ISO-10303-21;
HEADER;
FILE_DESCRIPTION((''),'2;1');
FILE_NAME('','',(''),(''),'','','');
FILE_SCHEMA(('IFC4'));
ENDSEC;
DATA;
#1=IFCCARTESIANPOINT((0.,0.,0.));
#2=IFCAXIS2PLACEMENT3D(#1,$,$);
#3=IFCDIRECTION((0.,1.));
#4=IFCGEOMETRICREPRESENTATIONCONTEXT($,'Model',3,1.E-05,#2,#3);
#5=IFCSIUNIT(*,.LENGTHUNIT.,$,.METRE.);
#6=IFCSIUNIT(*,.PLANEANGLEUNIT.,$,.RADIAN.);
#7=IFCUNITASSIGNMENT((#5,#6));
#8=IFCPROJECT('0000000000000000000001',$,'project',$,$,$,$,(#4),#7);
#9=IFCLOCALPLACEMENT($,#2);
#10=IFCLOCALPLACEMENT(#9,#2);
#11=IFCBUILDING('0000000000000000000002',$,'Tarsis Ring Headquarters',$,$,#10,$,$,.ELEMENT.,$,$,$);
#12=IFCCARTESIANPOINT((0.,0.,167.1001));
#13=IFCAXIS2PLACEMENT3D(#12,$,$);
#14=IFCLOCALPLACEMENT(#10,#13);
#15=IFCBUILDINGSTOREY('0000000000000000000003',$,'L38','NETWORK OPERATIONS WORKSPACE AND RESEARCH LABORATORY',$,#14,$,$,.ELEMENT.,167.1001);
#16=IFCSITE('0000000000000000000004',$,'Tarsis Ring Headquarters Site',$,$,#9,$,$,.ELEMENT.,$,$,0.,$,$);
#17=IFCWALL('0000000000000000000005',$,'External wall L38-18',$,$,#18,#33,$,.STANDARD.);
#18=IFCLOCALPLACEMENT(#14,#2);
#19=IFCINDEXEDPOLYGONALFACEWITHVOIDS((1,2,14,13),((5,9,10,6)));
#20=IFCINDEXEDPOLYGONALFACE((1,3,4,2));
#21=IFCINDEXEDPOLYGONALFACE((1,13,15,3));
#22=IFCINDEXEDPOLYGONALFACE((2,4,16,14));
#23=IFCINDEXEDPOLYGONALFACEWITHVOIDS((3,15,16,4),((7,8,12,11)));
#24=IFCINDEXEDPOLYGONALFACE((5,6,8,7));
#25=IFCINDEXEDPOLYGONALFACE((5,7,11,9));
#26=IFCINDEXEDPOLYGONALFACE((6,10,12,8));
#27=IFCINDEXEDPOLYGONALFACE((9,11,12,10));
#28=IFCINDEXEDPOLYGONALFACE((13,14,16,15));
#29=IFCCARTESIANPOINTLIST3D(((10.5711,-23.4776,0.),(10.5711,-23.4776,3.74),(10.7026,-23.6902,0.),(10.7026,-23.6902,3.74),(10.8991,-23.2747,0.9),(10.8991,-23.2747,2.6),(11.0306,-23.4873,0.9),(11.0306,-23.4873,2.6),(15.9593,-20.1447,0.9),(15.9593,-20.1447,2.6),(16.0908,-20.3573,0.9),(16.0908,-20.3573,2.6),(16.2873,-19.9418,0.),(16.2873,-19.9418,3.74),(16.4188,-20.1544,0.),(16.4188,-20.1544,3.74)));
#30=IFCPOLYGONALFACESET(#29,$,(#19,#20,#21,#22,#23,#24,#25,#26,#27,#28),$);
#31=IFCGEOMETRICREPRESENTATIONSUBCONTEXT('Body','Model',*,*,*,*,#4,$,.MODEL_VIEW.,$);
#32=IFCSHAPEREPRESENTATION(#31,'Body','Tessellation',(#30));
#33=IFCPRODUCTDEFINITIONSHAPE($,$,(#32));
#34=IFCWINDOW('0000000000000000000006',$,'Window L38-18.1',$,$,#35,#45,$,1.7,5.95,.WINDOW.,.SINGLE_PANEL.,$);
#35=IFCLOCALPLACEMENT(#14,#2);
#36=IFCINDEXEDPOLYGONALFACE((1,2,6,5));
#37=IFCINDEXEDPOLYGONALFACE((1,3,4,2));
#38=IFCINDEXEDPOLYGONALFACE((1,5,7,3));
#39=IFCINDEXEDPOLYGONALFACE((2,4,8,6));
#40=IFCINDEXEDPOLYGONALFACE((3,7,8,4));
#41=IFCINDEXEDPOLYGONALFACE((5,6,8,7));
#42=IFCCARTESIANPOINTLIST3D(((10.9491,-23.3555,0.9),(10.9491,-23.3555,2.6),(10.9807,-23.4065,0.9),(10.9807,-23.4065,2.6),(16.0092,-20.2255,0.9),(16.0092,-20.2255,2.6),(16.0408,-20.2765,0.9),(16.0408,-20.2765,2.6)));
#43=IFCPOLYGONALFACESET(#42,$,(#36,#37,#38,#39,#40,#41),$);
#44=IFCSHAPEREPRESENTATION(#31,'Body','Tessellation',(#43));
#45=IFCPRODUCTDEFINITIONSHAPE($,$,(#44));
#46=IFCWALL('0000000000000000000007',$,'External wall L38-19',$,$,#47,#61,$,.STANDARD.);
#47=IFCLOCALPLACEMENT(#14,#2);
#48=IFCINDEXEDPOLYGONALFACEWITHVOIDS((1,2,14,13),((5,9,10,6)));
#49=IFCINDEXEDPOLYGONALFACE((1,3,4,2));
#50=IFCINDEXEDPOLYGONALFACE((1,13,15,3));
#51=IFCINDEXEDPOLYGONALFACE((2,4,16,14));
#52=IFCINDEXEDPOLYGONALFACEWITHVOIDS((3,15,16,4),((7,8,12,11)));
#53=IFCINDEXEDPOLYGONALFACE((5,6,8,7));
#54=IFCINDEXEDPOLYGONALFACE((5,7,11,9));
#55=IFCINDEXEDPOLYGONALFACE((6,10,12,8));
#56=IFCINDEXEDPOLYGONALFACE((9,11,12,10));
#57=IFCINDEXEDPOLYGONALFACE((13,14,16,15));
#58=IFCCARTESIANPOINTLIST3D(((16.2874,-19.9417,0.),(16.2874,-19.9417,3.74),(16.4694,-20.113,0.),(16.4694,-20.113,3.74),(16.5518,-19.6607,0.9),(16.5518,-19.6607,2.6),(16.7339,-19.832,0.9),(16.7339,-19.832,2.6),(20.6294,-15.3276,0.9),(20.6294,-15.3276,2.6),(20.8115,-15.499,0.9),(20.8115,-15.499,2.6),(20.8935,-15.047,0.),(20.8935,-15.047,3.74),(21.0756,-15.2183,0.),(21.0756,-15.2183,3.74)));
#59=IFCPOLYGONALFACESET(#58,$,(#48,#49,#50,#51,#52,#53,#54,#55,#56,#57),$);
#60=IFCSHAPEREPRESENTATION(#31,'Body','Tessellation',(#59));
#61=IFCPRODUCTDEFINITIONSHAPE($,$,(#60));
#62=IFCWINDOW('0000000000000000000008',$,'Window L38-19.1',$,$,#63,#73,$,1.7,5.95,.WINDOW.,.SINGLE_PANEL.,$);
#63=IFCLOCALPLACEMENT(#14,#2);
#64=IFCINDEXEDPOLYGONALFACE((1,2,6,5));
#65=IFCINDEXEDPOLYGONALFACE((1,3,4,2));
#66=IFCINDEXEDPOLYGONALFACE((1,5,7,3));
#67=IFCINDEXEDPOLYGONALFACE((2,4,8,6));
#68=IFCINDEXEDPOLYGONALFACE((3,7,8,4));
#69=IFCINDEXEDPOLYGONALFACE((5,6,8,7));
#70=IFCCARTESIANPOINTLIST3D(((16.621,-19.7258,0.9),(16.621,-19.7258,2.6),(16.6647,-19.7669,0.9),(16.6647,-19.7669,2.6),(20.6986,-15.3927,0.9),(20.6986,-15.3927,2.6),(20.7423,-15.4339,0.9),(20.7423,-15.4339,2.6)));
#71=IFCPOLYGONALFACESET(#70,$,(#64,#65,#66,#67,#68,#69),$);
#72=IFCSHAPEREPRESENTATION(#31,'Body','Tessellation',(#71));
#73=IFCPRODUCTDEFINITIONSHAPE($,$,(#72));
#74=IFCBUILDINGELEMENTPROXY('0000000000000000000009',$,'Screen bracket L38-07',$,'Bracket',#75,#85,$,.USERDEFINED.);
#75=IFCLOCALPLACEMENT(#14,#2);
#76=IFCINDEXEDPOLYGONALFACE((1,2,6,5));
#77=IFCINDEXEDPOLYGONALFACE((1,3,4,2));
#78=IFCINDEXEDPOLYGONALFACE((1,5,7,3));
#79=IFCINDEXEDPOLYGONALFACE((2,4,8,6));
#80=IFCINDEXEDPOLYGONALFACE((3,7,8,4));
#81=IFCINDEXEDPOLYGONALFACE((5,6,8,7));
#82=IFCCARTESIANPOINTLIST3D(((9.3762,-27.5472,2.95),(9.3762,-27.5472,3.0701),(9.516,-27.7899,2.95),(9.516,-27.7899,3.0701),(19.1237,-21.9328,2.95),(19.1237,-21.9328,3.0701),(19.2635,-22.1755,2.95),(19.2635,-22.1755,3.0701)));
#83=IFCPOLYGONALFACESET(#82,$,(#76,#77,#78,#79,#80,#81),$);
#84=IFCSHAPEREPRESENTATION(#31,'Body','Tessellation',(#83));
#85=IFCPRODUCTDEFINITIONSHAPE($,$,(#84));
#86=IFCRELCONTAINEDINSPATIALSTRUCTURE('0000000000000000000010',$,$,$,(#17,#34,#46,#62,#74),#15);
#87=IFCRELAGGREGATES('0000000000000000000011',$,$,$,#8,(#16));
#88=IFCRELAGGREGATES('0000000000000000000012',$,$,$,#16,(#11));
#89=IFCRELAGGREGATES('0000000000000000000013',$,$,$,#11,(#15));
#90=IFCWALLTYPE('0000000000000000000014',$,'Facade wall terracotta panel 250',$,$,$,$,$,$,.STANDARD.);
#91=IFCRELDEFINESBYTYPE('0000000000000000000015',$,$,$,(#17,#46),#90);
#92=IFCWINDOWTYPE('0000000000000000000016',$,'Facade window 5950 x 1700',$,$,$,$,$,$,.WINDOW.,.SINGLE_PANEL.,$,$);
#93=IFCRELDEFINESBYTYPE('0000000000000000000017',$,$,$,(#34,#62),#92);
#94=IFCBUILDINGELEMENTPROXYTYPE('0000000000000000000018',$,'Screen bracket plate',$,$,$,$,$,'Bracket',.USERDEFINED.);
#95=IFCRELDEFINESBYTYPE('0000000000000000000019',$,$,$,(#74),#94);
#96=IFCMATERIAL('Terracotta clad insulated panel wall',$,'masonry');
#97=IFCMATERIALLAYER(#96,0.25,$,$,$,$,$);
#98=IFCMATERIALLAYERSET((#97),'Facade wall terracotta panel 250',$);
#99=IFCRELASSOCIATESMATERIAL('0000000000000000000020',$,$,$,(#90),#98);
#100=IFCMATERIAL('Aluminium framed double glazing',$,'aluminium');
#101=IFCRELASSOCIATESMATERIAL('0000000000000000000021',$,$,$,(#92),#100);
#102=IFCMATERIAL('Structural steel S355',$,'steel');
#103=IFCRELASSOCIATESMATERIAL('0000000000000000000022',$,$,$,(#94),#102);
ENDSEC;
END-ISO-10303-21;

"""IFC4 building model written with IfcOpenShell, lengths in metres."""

from ifc_helpers import new_model, si_unit, direction, frame, frame_2d, origin, origin_2d, place, context, subcontext, project, spatial, rectangle, extrude, material, layer, layer_set, type_object, element, fill, save


model = new_model("IFC4")

# Units and contexts
model_context = context("Model", 3, precision=1e-05, world=origin(), true_north=direction((0.0, 1.0)))
body_context = subcontext(model_context, "Body", "Model", "MODEL_VIEW")
ifc_project = project(units=[si_unit("LENGTHUNIT", "METRE"), si_unit("PLANEANGLEUNIT", "RADIAN")], contexts=[model_context])

# Site, building, storey
site_placement = place(None, origin())
site = spatial("IfcSite", under=ifc_project, at=site_placement, Name="Tarsis Ring Headquarters Site", CompositionType="ELEMENT", RefElevation=0.0)
building_placement = place(site_placement, origin())
building = spatial("IfcBuilding", under=site, at=building_placement, Name="Tarsis Ring Headquarters", CompositionType="ELEMENT")
storey_placement = place(building_placement, frame((0.0, 0.0, 167.1001)))
storey = spatial("IfcBuildingStorey", under=building, at=storey_placement, Name="L38", Description="NETWORK OPERATIONS WORKSPACE AND RESEARCH LABORATORY", CompositionType="ELEMENT", Elevation=167.1001)

# Shared definitions
ifc_material_1 = material(Name="Structural steel S355", Category="steel")

# Walls, openings, windows
ifc_material_2 = material(Name="Terracotta clad insulated panel wall", Category="masonry")
ifc_layer_1 = layer(ifc_material_2, 0.25)
ifc_layer_set_1 = layer_set([ifc_layer_1], Name="Facade wall terracotta panel 250")
wall_type_1 = type_object("IfcWallType", Name="Facade wall terracotta panel 250", PredefinedType="STANDARD", material=ifc_layer_set_1)
ifc_material_3 = material(Name="Aluminium framed double glazing", Category="aluminium")
wall_1_placement = place(storey_placement, frame((10.6367, -23.584, 0.0), z_axis=(0.0, 0.0, 1.0), x_axis=(0.85045, 0.526056, 0.0)))
wall_1 = element("IfcWall", 1, at=wall_1_placement, inside=storey, type_object=wall_type_1, Name="External wall L38-18", PredefinedType="STANDARD", context=body_context, shape_type="SweptSolid", body=[
    extrude(rectangle(XDim=6.7214, YDim=0.25, at=frame_2d((3.3608, 0.0))), origin(), (0.0, 0.0, 1.0), 3.74),
])
opening_1_placement = place(wall_1_placement, frame((0.3857, 0.0, 0.8999)))
opening_1 = element("IfcOpeningElement", 2, at=opening_1_placement, cuts=wall_1, PredefinedType="OPENING", context=body_context, shape_type="SweptSolid", body=[
    extrude(rectangle(XDim=5.95, YDim=1.7, at=frame_2d((2.9751, 0.8501))), frame((0.0, 0.135, 0.0), z_axis=(0.0, -1.0, 0.0), x_axis=(1.0, 0.0, 0.0)), (0.0, 0.0, 1.0), 0.27),
])
window_type_1 = type_object("IfcWindowType", Name="Facade window 5950 x 1700", PartitioningType="SINGLE_PANEL", PredefinedType="WINDOW", material=ifc_material_3)
window_1_placement = place(opening_1_placement, origin())
window_1 = element("IfcWindow", 3, at=window_1_placement, inside=storey, type_object=window_type_1, Name="Window L38-18.1", OverallHeight=1.7, OverallWidth=5.95, PartitioningType="SINGLE_PANEL", PredefinedType="WINDOW", context=body_context, shape_type="SweptSolid", body=[
    extrude(rectangle(XDim=5.95, YDim=1.7, at=frame_2d((2.9751, 0.8501))), frame((0.0, 0.03, 0.0), z_axis=(0.0, -1.0, 0.0), x_axis=(1.0, 0.0, 0.0)), (0.0, 0.0, 1.0), 0.0601),
])
fill(opening_1, window_1)
wall_2_placement = place(storey_placement, frame((16.3784, -20.0273, 0.0), z_axis=(0.0, 0.0, 1.0), x_axis=(0.685314, 0.728248, 0.0)))
wall_2 = element("IfcWall", 4, at=wall_2_placement, inside=storey, type_object=wall_type_1, Name="External wall L38-19", PredefinedType="STANDARD", context=body_context, shape_type="SweptSolid", body=[
    extrude(rectangle(XDim=6.7212, YDim=0.25, at=frame_2d((3.3606, 0.0))), origin(), (0.0, 0.0, 1.0), 3.74),
])
opening_2_placement = place(wall_2_placement, frame((0.3857, 0.0, 0.8999)))
opening_2 = element("IfcOpeningElement", 5, at=opening_2_placement, cuts=wall_2, PredefinedType="OPENING", context=body_context, shape_type="SweptSolid", body=[
    extrude(rectangle(XDim=5.95, YDim=1.7, at=frame_2d((2.9751, 0.8501))), frame((0.0, 0.135, 0.0), z_axis=(0.0, -1.0, 0.0), x_axis=(1.0, 0.0, 0.0)), (0.0, 0.0, 1.0), 0.27),
])
window_2_placement = place(opening_2_placement, origin())
window_2 = element("IfcWindow", 6, at=window_2_placement, inside=storey, type_object=window_type_1, Name="Window L38-19.1", OverallHeight=1.7, OverallWidth=5.95, PartitioningType="SINGLE_PANEL", PredefinedType="WINDOW", context=body_context, shape_type="SweptSolid", body=[
    extrude(rectangle(XDim=5.95, YDim=1.7, at=frame_2d((2.9751, 0.8501))), frame((0.0, 0.03, 0.0), z_axis=(0.0, -1.0, 0.0), x_axis=(1.0, 0.0, 0.0)), (0.0, 0.0, 1.0), 0.0601),
])
fill(opening_2, window_2)

# Building element proxy
building_element_proxy_type = type_object("IfcBuildingElementProxyType", Name="Screen bracket plate", ElementType="Bracket", PredefinedType="USERDEFINED", material=ifc_material_1)
proxy_placement = place(storey_placement, frame((14.3198, -24.8613, 2.95), z_axis=(0.0, 0.0, 1.0), x_axis=(0.866537, 0.499112, 0.0)))
element("IfcBuildingElementProxy", 7, at=proxy_placement, inside=storey, type_object=building_element_proxy_type, Name="Screen bracket L38-07", ObjectType="Bracket", PredefinedType="USERDEFINED", context=body_context, shape_type="SweptSolid", body=[
    extrude(rectangle(XDim=11.2488, YDim=0.28, at=origin_2d()), origin(), (0.0, 0.0, 1.0), 0.1201),
])

save(model, "model.ifc")
